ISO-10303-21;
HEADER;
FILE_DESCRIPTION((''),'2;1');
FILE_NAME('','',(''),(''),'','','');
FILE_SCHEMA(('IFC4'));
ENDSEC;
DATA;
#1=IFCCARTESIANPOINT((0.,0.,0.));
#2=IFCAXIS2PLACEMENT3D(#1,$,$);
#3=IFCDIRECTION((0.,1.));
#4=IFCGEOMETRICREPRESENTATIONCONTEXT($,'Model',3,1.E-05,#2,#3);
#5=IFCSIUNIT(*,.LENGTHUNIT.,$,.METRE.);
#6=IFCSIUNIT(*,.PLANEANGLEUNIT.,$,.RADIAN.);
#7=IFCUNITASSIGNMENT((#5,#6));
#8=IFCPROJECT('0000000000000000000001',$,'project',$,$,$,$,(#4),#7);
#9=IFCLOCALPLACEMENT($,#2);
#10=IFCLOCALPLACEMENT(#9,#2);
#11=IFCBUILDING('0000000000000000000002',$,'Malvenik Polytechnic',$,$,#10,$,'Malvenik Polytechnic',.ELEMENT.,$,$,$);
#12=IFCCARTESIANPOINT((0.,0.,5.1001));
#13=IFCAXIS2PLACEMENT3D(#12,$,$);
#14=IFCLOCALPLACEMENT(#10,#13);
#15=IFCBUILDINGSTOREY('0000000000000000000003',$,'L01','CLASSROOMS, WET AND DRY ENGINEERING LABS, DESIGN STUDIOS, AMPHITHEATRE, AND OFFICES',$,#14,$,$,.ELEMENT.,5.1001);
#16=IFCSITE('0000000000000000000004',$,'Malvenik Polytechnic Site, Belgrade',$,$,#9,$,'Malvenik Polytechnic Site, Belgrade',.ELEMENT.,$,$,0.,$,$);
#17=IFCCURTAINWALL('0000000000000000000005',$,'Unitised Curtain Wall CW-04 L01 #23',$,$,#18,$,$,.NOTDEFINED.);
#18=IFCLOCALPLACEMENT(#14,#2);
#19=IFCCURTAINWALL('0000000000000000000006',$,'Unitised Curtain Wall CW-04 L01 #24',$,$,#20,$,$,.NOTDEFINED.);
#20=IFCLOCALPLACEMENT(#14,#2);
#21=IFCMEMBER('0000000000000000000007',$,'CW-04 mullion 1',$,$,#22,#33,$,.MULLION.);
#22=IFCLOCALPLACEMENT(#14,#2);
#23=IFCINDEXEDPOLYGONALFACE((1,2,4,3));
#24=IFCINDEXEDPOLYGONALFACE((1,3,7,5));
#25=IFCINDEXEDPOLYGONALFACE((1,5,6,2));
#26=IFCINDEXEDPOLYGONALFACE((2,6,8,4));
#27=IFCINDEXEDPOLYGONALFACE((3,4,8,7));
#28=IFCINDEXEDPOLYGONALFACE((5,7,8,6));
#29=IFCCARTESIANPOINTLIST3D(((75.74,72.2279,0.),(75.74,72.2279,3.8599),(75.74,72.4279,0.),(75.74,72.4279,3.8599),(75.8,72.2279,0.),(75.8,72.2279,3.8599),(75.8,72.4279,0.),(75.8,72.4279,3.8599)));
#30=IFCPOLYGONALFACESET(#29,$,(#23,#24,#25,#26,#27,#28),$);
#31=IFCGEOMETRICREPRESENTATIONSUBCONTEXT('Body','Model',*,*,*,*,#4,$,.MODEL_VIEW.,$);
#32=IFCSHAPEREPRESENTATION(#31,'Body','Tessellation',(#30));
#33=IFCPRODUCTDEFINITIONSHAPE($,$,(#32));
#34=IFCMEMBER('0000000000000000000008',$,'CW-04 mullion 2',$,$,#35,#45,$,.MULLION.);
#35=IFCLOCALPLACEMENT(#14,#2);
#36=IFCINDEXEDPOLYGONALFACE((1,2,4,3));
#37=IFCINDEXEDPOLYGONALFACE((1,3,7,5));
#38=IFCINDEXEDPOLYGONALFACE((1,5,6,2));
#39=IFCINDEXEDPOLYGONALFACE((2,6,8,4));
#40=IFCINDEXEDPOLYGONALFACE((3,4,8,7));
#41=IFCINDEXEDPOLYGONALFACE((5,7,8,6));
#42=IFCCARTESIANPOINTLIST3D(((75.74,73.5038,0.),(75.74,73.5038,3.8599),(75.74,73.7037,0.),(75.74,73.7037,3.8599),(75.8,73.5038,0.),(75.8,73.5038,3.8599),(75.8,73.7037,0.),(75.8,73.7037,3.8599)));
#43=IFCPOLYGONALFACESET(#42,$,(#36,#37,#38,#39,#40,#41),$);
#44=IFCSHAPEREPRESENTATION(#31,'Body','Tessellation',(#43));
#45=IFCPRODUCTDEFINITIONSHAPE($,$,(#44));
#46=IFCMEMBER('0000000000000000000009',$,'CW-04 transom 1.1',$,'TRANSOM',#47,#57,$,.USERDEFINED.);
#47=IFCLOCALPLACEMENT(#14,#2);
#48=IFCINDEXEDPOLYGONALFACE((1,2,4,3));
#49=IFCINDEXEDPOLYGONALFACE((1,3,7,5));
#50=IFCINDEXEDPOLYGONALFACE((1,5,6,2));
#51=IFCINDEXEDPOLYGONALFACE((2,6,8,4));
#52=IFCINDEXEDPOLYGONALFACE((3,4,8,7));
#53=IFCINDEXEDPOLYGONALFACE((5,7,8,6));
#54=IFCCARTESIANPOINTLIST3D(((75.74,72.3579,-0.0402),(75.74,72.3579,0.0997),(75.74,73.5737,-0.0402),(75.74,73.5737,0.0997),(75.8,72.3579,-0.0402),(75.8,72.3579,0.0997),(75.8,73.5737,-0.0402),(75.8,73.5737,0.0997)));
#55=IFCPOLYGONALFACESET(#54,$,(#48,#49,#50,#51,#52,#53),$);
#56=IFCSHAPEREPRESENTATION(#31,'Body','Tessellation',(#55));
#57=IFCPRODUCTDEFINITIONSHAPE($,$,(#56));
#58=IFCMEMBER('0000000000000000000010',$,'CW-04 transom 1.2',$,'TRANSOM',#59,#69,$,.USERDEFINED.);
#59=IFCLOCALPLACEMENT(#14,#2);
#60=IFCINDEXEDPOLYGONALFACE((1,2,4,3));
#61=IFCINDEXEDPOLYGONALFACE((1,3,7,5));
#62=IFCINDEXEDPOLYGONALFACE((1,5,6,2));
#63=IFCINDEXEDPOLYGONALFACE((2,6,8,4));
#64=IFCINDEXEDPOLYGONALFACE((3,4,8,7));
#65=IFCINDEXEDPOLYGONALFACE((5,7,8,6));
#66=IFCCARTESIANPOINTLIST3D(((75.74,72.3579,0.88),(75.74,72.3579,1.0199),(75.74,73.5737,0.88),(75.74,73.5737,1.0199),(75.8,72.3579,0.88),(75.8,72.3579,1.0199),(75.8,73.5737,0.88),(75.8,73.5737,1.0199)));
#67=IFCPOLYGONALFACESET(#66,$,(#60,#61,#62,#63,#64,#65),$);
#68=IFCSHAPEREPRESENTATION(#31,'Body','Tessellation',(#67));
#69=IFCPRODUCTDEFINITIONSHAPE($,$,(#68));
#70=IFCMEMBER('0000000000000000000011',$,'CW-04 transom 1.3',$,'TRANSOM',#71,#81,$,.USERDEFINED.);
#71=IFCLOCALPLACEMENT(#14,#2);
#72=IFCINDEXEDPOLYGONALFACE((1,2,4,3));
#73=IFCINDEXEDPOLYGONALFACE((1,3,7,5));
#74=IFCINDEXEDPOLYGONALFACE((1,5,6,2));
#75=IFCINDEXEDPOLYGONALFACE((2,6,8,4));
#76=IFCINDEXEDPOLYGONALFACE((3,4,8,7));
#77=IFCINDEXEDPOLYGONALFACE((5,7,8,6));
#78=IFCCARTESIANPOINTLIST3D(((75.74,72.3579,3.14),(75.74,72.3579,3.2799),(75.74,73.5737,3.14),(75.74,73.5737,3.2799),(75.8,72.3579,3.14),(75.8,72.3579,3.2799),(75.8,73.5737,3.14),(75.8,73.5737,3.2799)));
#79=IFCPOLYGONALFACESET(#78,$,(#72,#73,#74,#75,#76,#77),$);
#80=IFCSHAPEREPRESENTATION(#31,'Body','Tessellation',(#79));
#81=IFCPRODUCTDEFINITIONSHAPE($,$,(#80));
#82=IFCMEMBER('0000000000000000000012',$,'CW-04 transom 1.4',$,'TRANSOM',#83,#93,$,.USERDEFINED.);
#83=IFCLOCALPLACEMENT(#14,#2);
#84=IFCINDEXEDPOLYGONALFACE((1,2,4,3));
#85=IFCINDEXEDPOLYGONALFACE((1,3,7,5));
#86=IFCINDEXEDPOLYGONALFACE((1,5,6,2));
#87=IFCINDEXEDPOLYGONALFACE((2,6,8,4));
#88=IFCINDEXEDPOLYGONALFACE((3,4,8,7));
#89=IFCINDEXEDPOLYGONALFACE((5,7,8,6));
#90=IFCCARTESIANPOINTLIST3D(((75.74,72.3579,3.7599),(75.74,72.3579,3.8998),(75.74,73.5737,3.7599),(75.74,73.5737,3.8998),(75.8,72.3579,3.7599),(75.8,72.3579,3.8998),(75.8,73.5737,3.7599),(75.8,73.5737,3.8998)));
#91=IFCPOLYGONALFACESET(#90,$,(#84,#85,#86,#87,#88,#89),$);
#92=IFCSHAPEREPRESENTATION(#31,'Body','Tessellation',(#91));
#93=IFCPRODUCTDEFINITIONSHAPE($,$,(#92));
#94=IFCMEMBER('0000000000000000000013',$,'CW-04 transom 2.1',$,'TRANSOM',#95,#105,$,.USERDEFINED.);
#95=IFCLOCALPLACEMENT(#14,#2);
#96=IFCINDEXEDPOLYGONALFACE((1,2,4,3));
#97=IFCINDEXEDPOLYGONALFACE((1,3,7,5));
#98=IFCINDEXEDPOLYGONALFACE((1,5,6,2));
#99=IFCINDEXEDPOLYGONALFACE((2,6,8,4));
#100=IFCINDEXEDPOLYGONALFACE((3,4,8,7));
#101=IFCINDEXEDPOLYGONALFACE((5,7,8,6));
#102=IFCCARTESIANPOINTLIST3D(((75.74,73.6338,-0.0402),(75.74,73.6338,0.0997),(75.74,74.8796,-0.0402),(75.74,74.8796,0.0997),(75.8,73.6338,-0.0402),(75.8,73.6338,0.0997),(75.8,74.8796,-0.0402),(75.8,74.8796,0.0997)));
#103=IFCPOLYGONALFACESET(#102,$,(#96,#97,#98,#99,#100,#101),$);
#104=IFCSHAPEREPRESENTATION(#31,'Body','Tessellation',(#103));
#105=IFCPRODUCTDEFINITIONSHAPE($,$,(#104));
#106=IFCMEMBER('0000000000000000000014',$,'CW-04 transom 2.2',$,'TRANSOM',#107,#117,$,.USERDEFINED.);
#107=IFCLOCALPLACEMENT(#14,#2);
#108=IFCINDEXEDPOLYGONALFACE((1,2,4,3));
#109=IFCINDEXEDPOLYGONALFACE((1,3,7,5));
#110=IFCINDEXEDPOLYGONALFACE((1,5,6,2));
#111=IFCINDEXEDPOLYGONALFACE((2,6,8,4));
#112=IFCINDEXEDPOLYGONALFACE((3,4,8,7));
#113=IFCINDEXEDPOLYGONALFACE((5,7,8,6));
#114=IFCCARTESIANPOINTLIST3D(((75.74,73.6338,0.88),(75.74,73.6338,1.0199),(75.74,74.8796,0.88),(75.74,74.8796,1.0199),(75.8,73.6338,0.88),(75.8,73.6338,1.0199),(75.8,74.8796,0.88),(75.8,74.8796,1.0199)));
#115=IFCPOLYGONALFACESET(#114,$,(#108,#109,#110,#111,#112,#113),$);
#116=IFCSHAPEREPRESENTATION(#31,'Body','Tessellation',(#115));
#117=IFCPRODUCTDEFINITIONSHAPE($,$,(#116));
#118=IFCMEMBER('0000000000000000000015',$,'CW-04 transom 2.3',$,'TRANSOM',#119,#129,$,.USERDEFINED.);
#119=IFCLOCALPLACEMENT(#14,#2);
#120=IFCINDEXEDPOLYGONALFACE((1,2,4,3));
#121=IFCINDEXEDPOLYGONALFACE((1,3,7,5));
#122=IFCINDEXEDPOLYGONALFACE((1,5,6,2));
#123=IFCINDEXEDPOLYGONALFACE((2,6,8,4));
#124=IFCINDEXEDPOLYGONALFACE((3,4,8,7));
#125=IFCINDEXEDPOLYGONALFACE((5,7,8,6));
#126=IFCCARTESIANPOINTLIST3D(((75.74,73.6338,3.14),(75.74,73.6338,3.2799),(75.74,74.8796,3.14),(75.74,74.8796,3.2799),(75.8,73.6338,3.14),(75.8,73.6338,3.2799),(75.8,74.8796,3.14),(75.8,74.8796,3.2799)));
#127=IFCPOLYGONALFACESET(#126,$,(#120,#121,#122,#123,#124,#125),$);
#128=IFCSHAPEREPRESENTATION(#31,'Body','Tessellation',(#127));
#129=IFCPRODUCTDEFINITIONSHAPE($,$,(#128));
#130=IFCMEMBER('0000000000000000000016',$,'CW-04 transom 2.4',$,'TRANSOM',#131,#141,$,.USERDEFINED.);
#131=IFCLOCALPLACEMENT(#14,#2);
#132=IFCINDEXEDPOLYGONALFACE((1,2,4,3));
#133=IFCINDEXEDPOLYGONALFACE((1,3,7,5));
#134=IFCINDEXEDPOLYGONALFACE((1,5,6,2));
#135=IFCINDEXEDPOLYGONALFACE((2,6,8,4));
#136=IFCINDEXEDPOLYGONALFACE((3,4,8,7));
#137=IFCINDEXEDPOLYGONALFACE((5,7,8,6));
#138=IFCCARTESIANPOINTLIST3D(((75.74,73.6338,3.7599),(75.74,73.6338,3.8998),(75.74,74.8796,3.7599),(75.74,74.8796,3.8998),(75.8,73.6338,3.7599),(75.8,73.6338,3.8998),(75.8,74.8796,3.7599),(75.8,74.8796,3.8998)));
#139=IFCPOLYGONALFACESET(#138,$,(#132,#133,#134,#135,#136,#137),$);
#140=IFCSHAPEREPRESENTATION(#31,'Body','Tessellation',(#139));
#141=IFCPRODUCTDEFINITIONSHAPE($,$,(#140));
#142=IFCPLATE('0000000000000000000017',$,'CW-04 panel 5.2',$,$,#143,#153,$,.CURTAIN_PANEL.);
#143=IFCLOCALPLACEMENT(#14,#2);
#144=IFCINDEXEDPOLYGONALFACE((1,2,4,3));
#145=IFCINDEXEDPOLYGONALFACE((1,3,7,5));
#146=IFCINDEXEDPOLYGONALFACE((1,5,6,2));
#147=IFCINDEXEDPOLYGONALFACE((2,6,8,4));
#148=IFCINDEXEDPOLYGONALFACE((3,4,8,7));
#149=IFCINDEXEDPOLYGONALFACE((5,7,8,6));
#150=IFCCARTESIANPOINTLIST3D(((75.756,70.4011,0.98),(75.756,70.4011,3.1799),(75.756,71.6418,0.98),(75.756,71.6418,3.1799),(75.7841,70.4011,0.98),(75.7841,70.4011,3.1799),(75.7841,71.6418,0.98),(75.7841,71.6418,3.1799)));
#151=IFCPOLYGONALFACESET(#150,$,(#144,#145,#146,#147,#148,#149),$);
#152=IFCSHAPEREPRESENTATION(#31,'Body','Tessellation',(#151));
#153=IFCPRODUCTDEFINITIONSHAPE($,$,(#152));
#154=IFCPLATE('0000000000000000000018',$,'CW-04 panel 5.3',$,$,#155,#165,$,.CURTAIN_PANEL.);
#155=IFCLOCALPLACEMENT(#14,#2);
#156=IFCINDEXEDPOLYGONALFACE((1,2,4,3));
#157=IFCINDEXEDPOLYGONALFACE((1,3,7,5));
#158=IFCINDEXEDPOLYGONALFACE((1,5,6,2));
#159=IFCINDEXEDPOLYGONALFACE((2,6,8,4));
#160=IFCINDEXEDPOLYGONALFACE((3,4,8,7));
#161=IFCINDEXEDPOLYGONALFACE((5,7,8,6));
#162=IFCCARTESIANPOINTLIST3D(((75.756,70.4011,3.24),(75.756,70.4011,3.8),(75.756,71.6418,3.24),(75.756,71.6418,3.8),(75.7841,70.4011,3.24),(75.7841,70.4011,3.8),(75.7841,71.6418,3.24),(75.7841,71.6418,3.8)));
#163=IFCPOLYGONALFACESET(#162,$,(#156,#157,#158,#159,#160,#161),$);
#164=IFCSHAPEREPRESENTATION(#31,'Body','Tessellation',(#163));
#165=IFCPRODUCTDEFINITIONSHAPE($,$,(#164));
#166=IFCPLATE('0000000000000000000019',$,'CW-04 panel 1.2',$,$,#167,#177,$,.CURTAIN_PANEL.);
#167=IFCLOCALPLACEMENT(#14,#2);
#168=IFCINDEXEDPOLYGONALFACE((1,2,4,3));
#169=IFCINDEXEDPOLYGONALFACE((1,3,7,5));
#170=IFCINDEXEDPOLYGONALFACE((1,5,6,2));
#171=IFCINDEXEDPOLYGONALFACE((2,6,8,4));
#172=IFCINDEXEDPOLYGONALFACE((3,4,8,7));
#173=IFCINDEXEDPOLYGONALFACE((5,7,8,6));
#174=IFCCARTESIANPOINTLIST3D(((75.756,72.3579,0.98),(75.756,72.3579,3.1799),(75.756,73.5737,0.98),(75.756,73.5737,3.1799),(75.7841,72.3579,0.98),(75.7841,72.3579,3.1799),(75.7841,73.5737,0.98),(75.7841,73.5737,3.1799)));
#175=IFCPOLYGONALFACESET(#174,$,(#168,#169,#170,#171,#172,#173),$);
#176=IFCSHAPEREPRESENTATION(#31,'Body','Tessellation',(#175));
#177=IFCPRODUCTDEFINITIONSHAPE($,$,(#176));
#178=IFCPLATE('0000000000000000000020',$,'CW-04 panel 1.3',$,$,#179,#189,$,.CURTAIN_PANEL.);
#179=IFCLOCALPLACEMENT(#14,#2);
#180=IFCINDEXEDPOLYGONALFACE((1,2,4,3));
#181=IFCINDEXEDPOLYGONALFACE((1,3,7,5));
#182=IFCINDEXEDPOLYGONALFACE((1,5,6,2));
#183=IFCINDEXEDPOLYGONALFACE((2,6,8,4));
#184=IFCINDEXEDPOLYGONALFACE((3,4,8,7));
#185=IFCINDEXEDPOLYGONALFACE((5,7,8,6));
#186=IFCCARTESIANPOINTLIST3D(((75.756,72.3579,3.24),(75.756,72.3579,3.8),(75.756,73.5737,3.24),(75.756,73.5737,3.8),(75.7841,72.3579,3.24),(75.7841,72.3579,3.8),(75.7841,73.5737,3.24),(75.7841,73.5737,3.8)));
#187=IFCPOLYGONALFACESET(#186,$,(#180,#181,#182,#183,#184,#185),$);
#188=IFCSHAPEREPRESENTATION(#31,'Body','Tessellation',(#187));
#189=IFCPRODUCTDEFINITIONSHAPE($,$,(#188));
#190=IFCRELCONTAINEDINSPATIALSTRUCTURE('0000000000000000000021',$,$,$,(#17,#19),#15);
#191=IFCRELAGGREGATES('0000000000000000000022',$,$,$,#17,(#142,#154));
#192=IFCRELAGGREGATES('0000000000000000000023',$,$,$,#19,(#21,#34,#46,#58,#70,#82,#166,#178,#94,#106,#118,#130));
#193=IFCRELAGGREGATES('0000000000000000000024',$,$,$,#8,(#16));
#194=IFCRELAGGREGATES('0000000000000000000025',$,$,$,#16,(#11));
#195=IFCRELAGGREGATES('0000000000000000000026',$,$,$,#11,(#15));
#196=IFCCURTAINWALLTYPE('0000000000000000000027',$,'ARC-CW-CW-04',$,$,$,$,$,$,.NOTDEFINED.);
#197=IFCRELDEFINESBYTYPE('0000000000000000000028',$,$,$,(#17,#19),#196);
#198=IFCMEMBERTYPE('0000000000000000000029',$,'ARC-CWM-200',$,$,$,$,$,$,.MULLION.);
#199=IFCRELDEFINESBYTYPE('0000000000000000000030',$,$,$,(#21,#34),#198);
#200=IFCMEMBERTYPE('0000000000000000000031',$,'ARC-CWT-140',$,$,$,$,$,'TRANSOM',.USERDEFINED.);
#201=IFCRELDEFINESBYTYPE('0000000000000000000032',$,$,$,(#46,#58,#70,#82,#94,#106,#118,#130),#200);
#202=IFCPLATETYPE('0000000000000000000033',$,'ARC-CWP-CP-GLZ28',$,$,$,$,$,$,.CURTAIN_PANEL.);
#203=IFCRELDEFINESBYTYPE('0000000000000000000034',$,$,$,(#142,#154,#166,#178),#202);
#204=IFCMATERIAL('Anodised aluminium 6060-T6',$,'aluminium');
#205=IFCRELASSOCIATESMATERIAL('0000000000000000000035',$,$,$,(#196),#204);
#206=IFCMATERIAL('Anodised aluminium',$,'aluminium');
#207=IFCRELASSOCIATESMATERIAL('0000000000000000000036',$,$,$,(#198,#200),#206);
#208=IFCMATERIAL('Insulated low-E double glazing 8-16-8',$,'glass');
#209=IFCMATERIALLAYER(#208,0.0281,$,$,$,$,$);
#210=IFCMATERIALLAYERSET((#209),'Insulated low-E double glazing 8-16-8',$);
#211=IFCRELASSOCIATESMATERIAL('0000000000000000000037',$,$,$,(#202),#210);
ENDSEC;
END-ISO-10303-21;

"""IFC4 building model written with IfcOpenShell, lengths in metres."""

from ifc_helpers import new_model, si_unit, direction, frame, origin, origin_2d, place, context, subcontext, project, spatial, rectangle, extrude, material, layer, layer_set, material_profile, profile_set, type_object, element, aggregate, save


model = new_model("IFC4")

# Units and contexts
model_context = context("Model", 3, precision=1e-05, world=origin(), true_north=direction((0.0, 1.0)))
body_context = subcontext(model_context, "Body", "Model", "MODEL_VIEW")
ifc_project = project(units=[si_unit("LENGTHUNIT", "METRE"), si_unit("PLANEANGLEUNIT", "RADIAN")], contexts=[model_context])

# Site, building, storey
site_placement = place(None, origin())
site = spatial("IfcSite", under=ifc_project, at=site_placement, Name="Malvenik Polytechnic Site, Belgrade", LongName="Malvenik Polytechnic Site, Belgrade", CompositionType="ELEMENT", RefElevation=0.0)
building_placement = place(site_placement, origin())
building = spatial("IfcBuilding", under=site, at=building_placement, Name="Malvenik Polytechnic", LongName="Malvenik Polytechnic", CompositionType="ELEMENT")
storey_placement = place(building_placement, frame((0.0, 0.0, 5.1001)))
storey = spatial("IfcBuildingStorey", under=building, at=storey_placement, Name="L01", Description="CLASSROOMS, WET AND DRY ENGINEERING LABS, DESIGN STUDIOS, AMPHITHEATRE, AND OFFICES", CompositionType="ELEMENT", Elevation=5.1001)

# Curtain wall
ifc_material_1 = material(Name="Anodised aluminium 6060-T6", Category="aluminium")
curtain_wall_type = type_object("IfcCurtainWallType", Name="ARC-CW-CW-04", PredefinedType="NOTDEFINED", material=ifc_material_1)
curtain_wall_1_placement = place(storey_placement, origin())
curtain_wall_1 = element("IfcCurtainWall", 1, at=curtain_wall_1_placement, inside=storey, type_object=curtain_wall_type, Name="Unitised Curtain Wall CW-04 L01 #23", PredefinedType="NOTDEFINED")
ifc_material_2 = material(Name="Anodised aluminium", Category="aluminium")

# Curtain wall, members
curtain_wall_2_placement = place(storey_placement, origin())
curtain_wall_2 = element("IfcCurtainWall", 2, at=curtain_wall_2_placement, inside=storey, type_object=curtain_wall_type, Name="Unitised Curtain Wall CW-04 L01 #24", PredefinedType="NOTDEFINED")
ifc_material_profile_1 = material_profile(ifc_material_2, rectangle(XDim=0.0601, YDim=0.2, at=origin_2d()), Name="ALU MULLION 60x200")
ifc_profile_set_1 = profile_set([ifc_material_profile_1], Name="Anodised aluminium")
member_type_1 = type_object("IfcMemberType", Name="ARC-CWM-200", PredefinedType="MULLION", material=ifc_profile_set_1)
member_1_placement = place(storey_placement, frame((75.77, 72.3279, 0.0), z_axis=(0.0, 0.0, 1.0), x_axis=(-1.0, 0.0, 0.0)))
member_1 = element("IfcMember", 3, at=member_1_placement, type_object=member_type_1, Name="CW-04 mullion 1", PredefinedType="MULLION", context=body_context, shape_type="SweptSolid", body=[
    extrude(rectangle(XDim=0.0601, YDim=0.2, at=origin_2d()), origin(), (0.0, 0.0, 1.0), 3.8599),
])
member_2_placement = place(storey_placement, frame((75.77, 73.6038, 0.0), z_axis=(0.0, 0.0, 1.0), x_axis=(-1.0, 0.0, 0.0)))
member_2 = element("IfcMember", 4, at=member_2_placement, type_object=member_type_1, Name="CW-04 mullion 2", PredefinedType="MULLION", context=body_context, shape_type="SweptSolid", body=[
    extrude(rectangle(XDim=0.0601, YDim=0.2, at=origin_2d()), origin(), (0.0, 0.0, 1.0), 3.8599),
])
ifc_material_profile_2 = material_profile(ifc_material_2, rectangle(XDim=0.0601, YDim=0.1399, at=origin_2d()), Name="ALU TRANSOM 60x140")
ifc_profile_set_2 = profile_set([ifc_material_profile_2], Name="Anodised aluminium")
member_type_2 = type_object("IfcMemberType", Name="ARC-CWT-140", ElementType="TRANSOM", PredefinedType="USERDEFINED", material=ifc_profile_set_2)
member_3_placement = place(storey_placement, frame((75.77, 72.3579, 0.0298), z_axis=(0.0, 1.0, 0.0), x_axis=(-1.0, 0.0, 0.0)))
member_3 = element("IfcMember", 5, at=member_3_placement, type_object=member_type_2, Name="CW-04 transom 1.1", ObjectType="TRANSOM", PredefinedType="USERDEFINED", context=body_context, shape_type="SweptSolid", body=[
    extrude(rectangle(XDim=0.0601, YDim=0.1399, at=origin_2d()), origin(), (0.0, 0.0, 1.0), 1.2158),
])
member_4_placement = place(storey_placement, frame((75.77, 72.3579, 0.95), z_axis=(0.0, 1.0, 0.0), x_axis=(-1.0, 0.0, 0.0)))
member_4 = element("IfcMember", 6, at=member_4_placement, type_object=member_type_2, Name="CW-04 transom 1.2", ObjectType="TRANSOM", PredefinedType="USERDEFINED", context=body_context, shape_type="SweptSolid", body=[
    extrude(rectangle(XDim=0.0601, YDim=0.1399, at=origin_2d()), origin(), (0.0, 0.0, 1.0), 1.2158),
])
member_5_placement = place(storey_placement, frame((75.77, 72.3579, 3.21), z_axis=(0.0, 1.0, 0.0), x_axis=(-1.0, 0.0, 0.0)))
member_5 = element("IfcMember", 7, at=member_5_placement, type_object=member_type_2, Name="CW-04 transom 1.3", ObjectType="TRANSOM", PredefinedType="USERDEFINED", context=body_context, shape_type="SweptSolid", body=[
    extrude(rectangle(XDim=0.0601, YDim=0.1399, at=origin_2d()), origin(), (0.0, 0.0, 1.0), 1.2158),
])
member_6_placement = place(storey_placement, frame((75.77, 72.3579, 3.8298), z_axis=(0.0, 1.0, 0.0), x_axis=(-1.0, 0.0, 0.0)))
member_6 = element("IfcMember", 8, at=member_6_placement, type_object=member_type_2, Name="CW-04 transom 1.4", ObjectType="TRANSOM", PredefinedType="USERDEFINED", context=body_context, shape_type="SweptSolid", body=[
    extrude(rectangle(XDim=0.0601, YDim=0.1399, at=origin_2d()), origin(), (0.0, 0.0, 1.0), 1.2158),
])
member_7_placement = place(storey_placement, frame((75.77, 73.6338, 0.0298), z_axis=(0.0, 1.0, 0.0), x_axis=(-1.0, 0.0, 0.0)))
member_7 = element("IfcMember", 9, at=member_7_placement, type_object=member_type_2, Name="CW-04 transom 2.1", ObjectType="TRANSOM", PredefinedType="USERDEFINED", context=body_context, shape_type="SweptSolid", body=[
    extrude(rectangle(XDim=0.0601, YDim=0.1399, at=origin_2d()), origin(), (0.0, 0.0, 1.0), 1.2458),
])
member_8_placement = place(storey_placement, frame((75.77, 73.6338, 0.95), z_axis=(0.0, 1.0, 0.0), x_axis=(-1.0, 0.0, 0.0)))
member_8 = element("IfcMember", 10, at=member_8_placement, type_object=member_type_2, Name="CW-04 transom 2.2", ObjectType="TRANSOM", PredefinedType="USERDEFINED", context=body_context, shape_type="SweptSolid", body=[
    extrude(rectangle(XDim=0.0601, YDim=0.1399, at=origin_2d()), origin(), (0.0, 0.0, 1.0), 1.2458),
])
member_9_placement = place(storey_placement, frame((75.77, 73.6338, 3.21), z_axis=(0.0, 1.0, 0.0), x_axis=(-1.0, 0.0, 0.0)))
member_9 = element("IfcMember", 11, at=member_9_placement, type_object=member_type_2, Name="CW-04 transom 2.3", ObjectType="TRANSOM", PredefinedType="USERDEFINED", context=body_context, shape_type="SweptSolid", body=[
    extrude(rectangle(XDim=0.0601, YDim=0.1399, at=origin_2d()), origin(), (0.0, 0.0, 1.0), 1.2458),
])
member_10_placement = place(storey_placement, frame((75.77, 73.6338, 3.8298), z_axis=(0.0, 1.0, 0.0), x_axis=(-1.0, 0.0, 0.0)))
member_10 = element("IfcMember", 12, at=member_10_placement, type_object=member_type_2, Name="CW-04 transom 2.4", ObjectType="TRANSOM", PredefinedType="USERDEFINED", context=body_context, shape_type="SweptSolid", body=[
    extrude(rectangle(XDim=0.0601, YDim=0.1399, at=origin_2d()), origin(), (0.0, 0.0, 1.0), 1.2458),
])

# Plates
ifc_material_3 = material(Name="Insulated low-E double glazing 8-16-8", Category="glass")
ifc_layer_1 = layer(ifc_material_3, 0.0281)
ifc_layer_set_1 = layer_set([ifc_layer_1], Name="Insulated low-E double glazing 8-16-8")
plate_type_1 = type_object("IfcPlateType", Name="ARC-CWP-CP-GLZ28", PredefinedType="CURTAIN_PANEL", material=ifc_layer_set_1)
plate_1_placement = place(storey_placement, frame((75.77, 71.0215, 0.98), z_axis=(0.0, 0.0, 1.0), x_axis=(0.0, 1.0, 0.0)))
plate_1 = element("IfcPlate", 13, at=plate_1_placement, type_object=plate_type_1, Name="CW-04 panel 5.2", PredefinedType="CURTAIN_PANEL", context=body_context, shape_type="SweptSolid", body=[
    extrude(rectangle(XDim=1.2407, YDim=0.0281, at=origin_2d()), origin(), (0.0, 0.0, 1.0), 2.2),
])
plate_2_placement = place(storey_placement, frame((75.77, 71.0215, 3.24), z_axis=(0.0, 0.0, 1.0), x_axis=(0.0, 1.0, 0.0)))
plate_2 = element("IfcPlate", 14, at=plate_2_placement, type_object=plate_type_1, Name="CW-04 panel 5.3", PredefinedType="CURTAIN_PANEL", context=body_context, shape_type="SweptSolid", body=[
    extrude(rectangle(XDim=1.2407, YDim=0.0281, at=origin_2d()), origin(), (0.0, 0.0, 1.0), 0.5601),
])
plate_3_placement = place(storey_placement, frame((75.77, 72.9658, 0.98), z_axis=(0.0, 0.0, 1.0), x_axis=(0.0, 1.0, 0.0)))
plate_3 = element("IfcPlate", 15, at=plate_3_placement, type_object=plate_type_1, Name="CW-04 panel 1.2", PredefinedType="CURTAIN_PANEL", context=body_context, shape_type="SweptSolid", body=[
    extrude(rectangle(XDim=1.2158, YDim=0.0281, at=origin_2d()), origin(), (0.0, 0.0, 1.0), 2.2),
])
plate_4_placement = place(storey_placement, frame((75.77, 72.9658, 3.24), z_axis=(0.0, 0.0, 1.0), x_axis=(0.0, 1.0, 0.0)))
plate_4 = element("IfcPlate", 16, at=plate_4_placement, type_object=plate_type_1, Name="CW-04 panel 1.3", PredefinedType="CURTAIN_PANEL", context=body_context, shape_type="SweptSolid", body=[
    extrude(rectangle(XDim=1.2158, YDim=0.0281, at=origin_2d()), origin(), (0.0, 0.0, 1.0), 0.5601),
])
aggregate(curtain_wall_1, [plate_1, plate_2])
aggregate(curtain_wall_2, [member_1, member_2, member_3, member_4, member_5, member_6, plate_3, plate_4, member_7, member_8, member_9, member_10])

save(model, "model.ifc")
